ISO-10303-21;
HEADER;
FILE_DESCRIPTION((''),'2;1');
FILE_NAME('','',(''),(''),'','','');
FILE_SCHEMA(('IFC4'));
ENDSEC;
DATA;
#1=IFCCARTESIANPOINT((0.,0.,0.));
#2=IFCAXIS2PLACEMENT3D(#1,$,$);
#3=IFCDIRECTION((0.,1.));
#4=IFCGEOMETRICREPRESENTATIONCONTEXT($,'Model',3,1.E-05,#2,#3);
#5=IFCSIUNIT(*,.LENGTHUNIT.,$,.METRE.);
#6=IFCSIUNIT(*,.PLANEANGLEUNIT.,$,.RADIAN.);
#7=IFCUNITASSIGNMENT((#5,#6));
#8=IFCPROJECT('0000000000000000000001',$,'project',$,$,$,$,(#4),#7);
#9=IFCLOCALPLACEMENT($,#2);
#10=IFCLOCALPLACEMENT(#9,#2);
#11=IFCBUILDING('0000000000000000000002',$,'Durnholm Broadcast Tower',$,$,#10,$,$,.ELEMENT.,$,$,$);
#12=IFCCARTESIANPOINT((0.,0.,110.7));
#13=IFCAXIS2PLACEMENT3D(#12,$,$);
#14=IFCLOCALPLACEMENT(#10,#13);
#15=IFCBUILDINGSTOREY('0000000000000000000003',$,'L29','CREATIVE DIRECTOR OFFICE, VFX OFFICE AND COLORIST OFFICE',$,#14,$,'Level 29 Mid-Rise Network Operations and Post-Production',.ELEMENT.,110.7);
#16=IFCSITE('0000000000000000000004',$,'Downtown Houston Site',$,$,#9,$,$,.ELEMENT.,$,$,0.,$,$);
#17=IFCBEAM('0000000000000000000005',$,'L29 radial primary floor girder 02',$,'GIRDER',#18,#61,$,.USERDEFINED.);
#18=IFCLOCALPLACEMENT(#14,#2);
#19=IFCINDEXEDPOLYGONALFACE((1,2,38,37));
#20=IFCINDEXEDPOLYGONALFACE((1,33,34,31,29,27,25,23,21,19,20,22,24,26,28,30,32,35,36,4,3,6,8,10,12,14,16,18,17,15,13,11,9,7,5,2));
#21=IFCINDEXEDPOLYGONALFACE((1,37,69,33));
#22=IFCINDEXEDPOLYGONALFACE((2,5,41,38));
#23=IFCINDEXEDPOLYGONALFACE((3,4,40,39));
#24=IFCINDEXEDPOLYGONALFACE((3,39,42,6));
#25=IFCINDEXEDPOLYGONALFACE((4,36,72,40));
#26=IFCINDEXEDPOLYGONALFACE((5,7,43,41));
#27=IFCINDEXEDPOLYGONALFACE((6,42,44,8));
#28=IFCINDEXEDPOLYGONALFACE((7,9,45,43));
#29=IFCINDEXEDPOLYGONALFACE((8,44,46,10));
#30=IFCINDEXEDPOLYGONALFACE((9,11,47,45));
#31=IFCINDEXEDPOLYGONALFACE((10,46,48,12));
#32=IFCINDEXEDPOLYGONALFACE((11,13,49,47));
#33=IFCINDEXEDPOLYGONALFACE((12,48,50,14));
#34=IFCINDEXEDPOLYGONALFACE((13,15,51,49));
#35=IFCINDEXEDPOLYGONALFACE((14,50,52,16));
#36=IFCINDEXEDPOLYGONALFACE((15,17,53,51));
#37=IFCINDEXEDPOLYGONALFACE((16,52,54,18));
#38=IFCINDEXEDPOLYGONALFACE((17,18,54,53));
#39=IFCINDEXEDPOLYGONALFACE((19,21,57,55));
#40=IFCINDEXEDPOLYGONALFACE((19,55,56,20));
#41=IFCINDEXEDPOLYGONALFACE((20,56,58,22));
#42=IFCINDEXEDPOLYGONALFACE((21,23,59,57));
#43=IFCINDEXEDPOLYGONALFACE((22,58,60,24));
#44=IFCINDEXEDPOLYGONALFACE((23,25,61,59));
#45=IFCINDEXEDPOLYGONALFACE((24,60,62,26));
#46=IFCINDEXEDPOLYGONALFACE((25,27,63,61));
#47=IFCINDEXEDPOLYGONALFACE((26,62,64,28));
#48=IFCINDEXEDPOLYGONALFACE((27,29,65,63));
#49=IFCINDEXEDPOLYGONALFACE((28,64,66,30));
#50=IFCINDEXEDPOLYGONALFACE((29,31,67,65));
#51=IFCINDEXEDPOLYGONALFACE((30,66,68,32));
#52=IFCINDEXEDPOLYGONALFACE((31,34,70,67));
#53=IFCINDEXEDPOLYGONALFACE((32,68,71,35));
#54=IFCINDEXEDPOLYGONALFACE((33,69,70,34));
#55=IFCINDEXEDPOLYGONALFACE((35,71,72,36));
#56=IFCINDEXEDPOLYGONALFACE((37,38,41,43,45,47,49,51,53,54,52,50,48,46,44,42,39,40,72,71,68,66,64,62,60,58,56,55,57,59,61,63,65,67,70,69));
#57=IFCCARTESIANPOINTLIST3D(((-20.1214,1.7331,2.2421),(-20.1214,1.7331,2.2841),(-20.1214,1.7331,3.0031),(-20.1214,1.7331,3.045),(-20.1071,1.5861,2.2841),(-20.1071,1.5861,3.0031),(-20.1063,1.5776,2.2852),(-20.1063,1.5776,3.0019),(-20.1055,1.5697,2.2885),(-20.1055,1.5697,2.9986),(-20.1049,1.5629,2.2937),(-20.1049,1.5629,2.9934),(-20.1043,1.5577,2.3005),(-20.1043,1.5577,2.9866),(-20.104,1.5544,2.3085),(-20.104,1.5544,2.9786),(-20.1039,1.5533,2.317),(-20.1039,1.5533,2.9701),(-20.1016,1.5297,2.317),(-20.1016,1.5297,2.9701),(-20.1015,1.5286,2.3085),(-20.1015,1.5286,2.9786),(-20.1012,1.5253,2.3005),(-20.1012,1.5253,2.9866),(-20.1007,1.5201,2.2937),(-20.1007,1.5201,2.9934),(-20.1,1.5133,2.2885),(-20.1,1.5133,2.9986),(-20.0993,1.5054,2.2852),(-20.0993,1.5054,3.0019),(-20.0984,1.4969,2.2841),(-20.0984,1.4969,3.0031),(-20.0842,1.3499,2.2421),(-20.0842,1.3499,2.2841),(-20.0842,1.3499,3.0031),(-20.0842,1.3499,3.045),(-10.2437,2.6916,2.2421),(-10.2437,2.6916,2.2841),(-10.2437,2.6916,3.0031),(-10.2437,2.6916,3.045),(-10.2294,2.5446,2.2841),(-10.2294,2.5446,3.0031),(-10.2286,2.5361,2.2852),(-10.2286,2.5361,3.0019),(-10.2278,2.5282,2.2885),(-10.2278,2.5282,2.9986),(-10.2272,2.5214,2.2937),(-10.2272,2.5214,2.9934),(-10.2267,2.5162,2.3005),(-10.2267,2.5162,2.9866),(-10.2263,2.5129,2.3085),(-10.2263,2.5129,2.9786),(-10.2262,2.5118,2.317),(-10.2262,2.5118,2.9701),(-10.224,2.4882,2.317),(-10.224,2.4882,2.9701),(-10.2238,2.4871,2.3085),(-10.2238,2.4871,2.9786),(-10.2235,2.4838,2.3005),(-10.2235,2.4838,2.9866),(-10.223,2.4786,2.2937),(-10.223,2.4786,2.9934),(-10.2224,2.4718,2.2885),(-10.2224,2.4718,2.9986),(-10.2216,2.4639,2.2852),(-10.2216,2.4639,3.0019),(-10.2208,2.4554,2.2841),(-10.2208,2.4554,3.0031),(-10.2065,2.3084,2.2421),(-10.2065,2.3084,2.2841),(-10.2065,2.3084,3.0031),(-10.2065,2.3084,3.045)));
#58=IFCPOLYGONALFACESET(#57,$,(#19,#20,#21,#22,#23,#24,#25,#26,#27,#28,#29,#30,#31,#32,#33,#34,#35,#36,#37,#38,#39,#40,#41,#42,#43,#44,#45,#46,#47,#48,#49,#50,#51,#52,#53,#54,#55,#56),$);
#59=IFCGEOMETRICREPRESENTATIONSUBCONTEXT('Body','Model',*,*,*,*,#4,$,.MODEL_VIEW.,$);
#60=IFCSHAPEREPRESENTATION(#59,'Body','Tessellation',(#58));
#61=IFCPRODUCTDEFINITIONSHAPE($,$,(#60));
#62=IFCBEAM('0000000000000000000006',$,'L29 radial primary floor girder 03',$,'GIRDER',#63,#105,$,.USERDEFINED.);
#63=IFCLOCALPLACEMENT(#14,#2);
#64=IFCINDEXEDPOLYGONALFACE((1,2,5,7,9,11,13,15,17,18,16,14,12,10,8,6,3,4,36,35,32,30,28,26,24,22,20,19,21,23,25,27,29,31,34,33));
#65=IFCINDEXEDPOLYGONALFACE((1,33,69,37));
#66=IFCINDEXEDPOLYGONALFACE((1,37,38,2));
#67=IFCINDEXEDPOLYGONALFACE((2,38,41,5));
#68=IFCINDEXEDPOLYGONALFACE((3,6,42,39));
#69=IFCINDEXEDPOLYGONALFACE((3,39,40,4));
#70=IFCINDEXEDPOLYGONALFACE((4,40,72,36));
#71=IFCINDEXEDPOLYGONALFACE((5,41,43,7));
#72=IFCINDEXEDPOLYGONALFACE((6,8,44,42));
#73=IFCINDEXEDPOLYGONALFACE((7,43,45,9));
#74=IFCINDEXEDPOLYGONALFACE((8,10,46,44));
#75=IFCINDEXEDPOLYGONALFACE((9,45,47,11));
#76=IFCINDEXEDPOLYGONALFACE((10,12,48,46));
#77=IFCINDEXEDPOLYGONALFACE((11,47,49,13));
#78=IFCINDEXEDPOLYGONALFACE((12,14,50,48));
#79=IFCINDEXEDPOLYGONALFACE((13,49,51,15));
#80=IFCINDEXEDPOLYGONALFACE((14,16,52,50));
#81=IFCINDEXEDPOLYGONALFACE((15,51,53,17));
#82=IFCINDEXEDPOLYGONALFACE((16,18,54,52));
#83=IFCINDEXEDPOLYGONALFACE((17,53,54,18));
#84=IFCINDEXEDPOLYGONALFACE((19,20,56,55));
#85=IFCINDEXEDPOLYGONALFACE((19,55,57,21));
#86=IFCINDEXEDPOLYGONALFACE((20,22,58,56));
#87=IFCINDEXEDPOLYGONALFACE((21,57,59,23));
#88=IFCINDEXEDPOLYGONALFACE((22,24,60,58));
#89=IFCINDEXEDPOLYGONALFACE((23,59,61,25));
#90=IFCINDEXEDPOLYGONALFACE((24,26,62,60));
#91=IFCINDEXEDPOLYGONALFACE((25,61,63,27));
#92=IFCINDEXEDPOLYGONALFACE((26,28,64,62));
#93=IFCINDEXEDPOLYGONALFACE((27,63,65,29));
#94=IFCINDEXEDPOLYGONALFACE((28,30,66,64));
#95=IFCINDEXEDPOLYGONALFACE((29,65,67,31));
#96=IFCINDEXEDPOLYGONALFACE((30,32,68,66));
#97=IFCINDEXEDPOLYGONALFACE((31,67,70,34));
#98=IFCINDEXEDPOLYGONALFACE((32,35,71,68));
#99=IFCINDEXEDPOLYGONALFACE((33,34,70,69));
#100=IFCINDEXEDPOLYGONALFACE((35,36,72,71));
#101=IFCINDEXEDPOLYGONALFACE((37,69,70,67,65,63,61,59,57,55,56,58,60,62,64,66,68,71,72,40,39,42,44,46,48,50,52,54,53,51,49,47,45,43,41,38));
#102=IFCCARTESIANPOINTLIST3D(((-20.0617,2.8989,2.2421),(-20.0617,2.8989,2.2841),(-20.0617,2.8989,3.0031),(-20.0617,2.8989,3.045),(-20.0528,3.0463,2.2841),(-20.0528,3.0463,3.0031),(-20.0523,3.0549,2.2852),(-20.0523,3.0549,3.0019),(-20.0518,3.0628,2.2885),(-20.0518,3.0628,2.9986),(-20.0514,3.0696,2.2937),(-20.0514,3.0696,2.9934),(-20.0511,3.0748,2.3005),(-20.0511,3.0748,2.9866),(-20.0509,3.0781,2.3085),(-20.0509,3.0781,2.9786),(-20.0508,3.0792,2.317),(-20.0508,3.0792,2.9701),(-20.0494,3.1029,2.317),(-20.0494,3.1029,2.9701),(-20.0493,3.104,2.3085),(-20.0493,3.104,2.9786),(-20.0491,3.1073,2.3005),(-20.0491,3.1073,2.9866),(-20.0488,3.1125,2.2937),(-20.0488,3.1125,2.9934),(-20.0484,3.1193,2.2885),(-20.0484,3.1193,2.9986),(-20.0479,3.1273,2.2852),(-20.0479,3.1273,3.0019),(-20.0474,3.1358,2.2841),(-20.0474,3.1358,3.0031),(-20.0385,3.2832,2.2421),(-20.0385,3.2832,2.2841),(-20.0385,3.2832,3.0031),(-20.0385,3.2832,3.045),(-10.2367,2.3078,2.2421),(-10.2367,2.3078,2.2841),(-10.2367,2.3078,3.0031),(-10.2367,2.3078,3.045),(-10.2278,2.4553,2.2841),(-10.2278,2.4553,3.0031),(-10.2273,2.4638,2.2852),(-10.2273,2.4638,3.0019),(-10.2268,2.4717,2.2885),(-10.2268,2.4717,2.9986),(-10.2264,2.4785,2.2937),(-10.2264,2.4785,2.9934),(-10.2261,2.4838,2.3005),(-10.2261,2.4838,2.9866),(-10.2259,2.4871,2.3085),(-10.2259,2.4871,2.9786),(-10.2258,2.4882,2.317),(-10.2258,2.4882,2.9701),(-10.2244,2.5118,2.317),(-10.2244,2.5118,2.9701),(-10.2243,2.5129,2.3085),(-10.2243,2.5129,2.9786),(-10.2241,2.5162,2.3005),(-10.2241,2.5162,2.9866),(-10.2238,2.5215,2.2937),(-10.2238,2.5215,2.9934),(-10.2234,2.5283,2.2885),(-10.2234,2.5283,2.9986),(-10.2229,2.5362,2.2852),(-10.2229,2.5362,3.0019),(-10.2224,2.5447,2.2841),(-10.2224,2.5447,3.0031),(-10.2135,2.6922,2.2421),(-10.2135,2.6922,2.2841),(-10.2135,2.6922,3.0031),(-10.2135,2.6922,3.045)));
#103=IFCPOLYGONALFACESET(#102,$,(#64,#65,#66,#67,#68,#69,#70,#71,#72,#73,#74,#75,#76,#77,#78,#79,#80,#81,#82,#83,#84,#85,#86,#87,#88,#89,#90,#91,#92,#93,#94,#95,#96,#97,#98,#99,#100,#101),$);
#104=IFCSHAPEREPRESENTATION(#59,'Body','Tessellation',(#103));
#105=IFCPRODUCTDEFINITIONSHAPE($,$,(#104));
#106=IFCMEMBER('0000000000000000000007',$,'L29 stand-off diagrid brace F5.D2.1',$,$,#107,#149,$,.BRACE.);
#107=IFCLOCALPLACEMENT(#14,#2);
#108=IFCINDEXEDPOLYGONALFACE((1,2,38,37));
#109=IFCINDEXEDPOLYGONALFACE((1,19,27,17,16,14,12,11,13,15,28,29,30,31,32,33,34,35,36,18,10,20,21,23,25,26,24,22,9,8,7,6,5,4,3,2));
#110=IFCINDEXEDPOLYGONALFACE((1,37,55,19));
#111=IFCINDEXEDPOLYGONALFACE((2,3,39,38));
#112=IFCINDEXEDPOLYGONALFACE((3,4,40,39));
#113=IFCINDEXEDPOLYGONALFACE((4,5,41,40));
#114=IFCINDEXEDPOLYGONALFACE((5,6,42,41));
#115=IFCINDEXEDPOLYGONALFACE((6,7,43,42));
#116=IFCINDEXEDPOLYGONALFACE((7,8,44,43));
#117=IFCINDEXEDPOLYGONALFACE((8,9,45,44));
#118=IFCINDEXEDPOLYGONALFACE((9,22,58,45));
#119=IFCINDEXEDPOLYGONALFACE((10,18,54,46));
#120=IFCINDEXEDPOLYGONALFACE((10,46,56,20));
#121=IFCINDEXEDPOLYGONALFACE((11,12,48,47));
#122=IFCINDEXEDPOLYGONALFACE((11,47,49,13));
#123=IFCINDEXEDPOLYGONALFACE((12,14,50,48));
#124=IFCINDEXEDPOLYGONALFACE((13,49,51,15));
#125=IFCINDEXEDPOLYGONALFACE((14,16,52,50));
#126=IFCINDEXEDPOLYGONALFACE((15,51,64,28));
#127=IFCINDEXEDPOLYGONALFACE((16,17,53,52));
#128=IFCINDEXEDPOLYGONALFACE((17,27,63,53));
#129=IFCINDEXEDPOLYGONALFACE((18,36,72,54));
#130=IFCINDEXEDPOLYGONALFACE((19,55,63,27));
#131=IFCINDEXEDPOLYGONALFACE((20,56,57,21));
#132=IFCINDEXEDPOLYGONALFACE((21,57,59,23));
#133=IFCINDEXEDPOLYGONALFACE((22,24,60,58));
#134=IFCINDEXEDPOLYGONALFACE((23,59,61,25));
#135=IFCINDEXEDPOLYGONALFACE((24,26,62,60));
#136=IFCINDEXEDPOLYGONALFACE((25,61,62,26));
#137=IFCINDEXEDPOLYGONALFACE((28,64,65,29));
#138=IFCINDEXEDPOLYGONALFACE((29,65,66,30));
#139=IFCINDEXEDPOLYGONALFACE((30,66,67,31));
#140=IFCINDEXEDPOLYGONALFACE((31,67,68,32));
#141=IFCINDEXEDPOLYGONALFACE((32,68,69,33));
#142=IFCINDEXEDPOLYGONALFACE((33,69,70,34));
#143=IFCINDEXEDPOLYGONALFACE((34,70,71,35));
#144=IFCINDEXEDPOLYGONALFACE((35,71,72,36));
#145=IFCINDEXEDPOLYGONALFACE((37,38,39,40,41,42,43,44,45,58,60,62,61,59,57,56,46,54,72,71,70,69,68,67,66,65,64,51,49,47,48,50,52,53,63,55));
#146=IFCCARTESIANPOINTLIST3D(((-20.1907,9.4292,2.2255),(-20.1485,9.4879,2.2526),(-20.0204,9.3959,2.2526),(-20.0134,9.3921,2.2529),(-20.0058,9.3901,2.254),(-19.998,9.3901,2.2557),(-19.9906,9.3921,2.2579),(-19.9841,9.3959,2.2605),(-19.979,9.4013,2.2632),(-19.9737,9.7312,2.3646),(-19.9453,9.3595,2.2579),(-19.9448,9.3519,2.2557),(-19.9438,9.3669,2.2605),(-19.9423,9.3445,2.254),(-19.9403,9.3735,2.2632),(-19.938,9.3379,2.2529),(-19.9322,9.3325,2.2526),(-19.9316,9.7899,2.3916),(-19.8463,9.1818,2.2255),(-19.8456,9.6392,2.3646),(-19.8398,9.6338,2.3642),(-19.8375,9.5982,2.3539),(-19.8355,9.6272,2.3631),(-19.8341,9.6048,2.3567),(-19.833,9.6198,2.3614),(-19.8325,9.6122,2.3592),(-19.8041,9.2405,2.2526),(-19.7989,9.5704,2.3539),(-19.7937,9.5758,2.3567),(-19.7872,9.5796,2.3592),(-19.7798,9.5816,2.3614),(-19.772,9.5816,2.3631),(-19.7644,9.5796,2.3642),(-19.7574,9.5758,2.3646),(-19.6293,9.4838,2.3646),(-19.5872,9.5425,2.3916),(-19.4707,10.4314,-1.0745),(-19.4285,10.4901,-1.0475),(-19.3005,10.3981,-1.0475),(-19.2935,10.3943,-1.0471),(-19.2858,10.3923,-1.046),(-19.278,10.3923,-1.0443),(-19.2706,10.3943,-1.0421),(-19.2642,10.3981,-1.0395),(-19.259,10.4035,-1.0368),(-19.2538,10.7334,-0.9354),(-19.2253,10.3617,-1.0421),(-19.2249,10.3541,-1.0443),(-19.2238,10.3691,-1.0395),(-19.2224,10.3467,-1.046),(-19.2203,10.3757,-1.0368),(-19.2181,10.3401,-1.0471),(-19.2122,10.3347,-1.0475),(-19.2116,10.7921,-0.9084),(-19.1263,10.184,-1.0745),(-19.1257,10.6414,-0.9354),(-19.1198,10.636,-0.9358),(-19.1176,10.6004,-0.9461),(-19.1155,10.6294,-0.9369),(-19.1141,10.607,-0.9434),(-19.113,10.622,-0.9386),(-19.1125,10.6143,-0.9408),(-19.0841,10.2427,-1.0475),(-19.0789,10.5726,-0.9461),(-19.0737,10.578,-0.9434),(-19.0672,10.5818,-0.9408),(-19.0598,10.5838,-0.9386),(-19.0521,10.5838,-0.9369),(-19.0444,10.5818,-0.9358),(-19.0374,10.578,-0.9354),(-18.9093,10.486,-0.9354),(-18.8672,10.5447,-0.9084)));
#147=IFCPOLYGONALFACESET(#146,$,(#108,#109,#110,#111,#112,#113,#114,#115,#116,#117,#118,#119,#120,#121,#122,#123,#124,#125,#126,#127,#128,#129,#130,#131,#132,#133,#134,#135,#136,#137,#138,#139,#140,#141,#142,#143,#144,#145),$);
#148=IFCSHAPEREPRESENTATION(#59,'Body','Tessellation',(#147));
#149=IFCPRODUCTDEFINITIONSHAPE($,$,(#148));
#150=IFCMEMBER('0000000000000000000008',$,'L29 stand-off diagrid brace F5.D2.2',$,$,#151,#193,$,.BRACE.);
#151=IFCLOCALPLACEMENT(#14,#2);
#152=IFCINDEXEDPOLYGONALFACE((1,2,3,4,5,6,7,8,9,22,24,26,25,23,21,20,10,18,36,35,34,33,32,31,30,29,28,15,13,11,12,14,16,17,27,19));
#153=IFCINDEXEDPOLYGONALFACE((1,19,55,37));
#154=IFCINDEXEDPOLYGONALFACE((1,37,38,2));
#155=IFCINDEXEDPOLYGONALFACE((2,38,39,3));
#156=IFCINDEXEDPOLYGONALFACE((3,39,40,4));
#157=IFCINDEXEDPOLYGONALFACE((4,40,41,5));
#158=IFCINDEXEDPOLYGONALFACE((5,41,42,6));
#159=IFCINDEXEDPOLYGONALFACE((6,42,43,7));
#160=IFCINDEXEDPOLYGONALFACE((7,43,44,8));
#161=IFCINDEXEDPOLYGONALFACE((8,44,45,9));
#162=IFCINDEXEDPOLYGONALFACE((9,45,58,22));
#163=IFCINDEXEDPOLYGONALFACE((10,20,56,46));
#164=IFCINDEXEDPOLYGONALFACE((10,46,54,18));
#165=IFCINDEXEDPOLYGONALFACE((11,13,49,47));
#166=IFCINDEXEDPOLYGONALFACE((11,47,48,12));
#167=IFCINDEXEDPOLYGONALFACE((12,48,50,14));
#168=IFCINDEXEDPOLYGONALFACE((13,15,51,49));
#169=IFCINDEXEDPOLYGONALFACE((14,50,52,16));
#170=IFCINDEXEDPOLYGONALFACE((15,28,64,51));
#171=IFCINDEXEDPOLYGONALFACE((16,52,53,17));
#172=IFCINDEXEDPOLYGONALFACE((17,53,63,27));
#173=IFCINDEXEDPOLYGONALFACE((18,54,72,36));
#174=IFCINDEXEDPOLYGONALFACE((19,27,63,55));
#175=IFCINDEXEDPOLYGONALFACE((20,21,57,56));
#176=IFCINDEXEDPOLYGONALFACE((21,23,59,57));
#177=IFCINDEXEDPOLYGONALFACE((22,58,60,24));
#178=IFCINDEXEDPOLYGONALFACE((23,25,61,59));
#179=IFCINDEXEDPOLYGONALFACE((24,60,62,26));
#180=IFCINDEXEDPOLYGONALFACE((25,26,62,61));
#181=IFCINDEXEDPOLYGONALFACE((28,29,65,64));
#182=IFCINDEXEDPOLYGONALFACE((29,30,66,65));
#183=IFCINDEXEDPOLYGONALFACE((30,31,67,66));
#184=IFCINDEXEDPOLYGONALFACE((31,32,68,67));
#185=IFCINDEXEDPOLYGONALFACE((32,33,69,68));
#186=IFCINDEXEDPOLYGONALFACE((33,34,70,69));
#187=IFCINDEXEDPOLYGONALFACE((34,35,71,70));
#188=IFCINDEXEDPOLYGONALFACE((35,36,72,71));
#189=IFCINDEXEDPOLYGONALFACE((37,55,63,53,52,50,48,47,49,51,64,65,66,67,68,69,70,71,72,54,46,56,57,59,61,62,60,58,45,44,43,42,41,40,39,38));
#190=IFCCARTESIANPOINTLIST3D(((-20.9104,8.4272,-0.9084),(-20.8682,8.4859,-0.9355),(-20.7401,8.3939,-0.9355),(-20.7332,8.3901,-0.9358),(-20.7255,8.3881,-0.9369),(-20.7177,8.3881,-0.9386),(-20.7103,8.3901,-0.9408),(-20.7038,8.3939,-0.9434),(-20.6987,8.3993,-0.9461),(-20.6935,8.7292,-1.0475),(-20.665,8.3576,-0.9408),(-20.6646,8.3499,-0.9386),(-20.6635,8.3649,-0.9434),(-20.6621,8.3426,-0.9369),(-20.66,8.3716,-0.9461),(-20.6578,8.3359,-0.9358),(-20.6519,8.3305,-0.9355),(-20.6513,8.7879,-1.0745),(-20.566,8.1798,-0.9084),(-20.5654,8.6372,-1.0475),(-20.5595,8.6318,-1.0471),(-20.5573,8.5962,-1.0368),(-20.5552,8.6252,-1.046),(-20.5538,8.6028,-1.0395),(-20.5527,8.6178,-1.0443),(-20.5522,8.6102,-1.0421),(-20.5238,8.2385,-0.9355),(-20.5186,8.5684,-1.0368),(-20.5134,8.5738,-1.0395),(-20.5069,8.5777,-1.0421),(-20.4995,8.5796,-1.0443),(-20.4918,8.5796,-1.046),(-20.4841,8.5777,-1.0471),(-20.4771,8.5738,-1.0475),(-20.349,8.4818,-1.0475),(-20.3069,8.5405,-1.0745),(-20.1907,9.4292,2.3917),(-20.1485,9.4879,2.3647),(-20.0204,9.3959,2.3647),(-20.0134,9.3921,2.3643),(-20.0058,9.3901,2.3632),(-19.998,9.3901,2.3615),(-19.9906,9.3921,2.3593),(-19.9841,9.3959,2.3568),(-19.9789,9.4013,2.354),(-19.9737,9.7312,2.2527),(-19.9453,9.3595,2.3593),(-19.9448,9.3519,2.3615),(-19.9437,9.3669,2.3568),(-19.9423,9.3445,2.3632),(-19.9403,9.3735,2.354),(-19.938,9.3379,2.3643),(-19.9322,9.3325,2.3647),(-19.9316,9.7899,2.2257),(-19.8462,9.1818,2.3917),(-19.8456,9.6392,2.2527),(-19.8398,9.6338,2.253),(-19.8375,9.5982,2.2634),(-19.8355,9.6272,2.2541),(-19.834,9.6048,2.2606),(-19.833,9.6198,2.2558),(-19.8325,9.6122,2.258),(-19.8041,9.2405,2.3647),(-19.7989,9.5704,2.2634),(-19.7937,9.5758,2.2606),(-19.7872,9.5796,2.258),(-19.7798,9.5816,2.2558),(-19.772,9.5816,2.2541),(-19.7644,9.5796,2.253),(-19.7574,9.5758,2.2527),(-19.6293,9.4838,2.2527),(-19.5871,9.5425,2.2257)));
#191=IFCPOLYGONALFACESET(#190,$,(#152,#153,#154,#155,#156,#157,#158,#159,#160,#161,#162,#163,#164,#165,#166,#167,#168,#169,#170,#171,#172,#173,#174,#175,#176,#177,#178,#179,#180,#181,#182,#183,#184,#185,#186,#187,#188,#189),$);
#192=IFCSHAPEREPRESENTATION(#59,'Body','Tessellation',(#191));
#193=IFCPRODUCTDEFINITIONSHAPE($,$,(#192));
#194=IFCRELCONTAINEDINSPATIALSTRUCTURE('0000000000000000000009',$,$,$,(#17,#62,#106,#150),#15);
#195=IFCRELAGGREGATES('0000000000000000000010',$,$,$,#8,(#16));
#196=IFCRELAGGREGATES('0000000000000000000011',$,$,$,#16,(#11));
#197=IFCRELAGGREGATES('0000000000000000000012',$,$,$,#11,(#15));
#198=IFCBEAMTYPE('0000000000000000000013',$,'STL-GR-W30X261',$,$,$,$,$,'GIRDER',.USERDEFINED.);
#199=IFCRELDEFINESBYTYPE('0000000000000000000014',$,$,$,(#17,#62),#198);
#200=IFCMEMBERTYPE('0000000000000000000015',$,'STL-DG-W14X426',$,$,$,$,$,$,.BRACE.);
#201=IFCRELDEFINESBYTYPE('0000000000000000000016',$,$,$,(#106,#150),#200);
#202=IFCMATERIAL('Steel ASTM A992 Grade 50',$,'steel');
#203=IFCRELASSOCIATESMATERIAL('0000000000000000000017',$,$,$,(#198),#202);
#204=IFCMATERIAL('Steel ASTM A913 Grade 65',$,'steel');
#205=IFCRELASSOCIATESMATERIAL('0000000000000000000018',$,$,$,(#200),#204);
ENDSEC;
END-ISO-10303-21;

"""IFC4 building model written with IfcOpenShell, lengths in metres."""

from ifc_helpers import new_model, si_unit, direction, frame, origin, origin_2d, place, context, subcontext, project, spatial, i_section, extrude, source, transform, mapped, material, material_profile, profile_set, type_object, type_shapes, element, save


model = new_model("IFC4")

# Units and contexts
model_context = context("Model", 3, precision=1e-05, world=origin(), true_north=direction((0.0, 1.0)))
body_context = subcontext(model_context, "Body", "Model", "MODEL_VIEW")
ifc_project = project(units=[si_unit("LENGTHUNIT", "METRE"), si_unit("PLANEANGLEUNIT", "RADIAN")], contexts=[model_context])

# Site, building, storey
site_placement = place(None, origin())
site = spatial("IfcSite", under=ifc_project, at=site_placement, Name="Downtown Houston Site", CompositionType="ELEMENT", RefElevation=0.0)
building_placement = place(site_placement, origin())
building = spatial("IfcBuilding", under=site, at=building_placement, Name="Durnholm Broadcast Tower", CompositionType="ELEMENT")
storey_placement = place(building_placement, frame((0.0, 0.0, 110.7)))
storey = spatial("IfcBuildingStorey", under=building, at=storey_placement, Name="L29", Description="CREATIVE DIRECTOR OFFICE, VFX OFFICE AND COLORIST OFFICE", LongName="Level 29 Mid-Rise Network Operations and Post-Production", CompositionType="ELEMENT", Elevation=110.7)

# Beams
ifc_material_1 = material(Name="Steel ASTM A992 Grade 50", Category="steel")
ifc_material_profile_1 = material_profile(ifc_material_1, i_section(OverallWidth=0.385, OverallDepth=0.803, WebThickness=0.0237, FlangeThickness=0.042, FilletRadius=0.033, at=origin_2d()), Name="W30X261")
ifc_profile_set_1 = profile_set([ifc_material_profile_1], Name="Steel ASTM A992 Grade 50")
beam_type_1 = type_object("IfcBeamType", Name="STL-GR-W30X261", ElementType="GIRDER", PredefinedType="USERDEFINED", material=ifc_profile_set_1)
shared_shape_1 = source(origin(), body_context, "Body", "SweptSolid", [
    extrude(i_section(OverallWidth=0.385, OverallDepth=0.803, WebThickness=0.0237, FlangeThickness=0.042, FilletRadius=0.033, at=origin_2d()), origin(), (0.0, 0.0, 1.0), 9.9241),
])
beam_1_placement = place(storey_placement, frame((-10.2251, 2.5, 2.6436), z_axis=(-0.995325, -0.096583, 0.0), x_axis=(0.096583, -0.995325, 0.0)))
element("IfcBeam", 1, at=beam_1_placement, inside=storey, type_object=beam_type_1, Name="L29 radial primary floor girder 02", ObjectType="GIRDER", PredefinedType="USERDEFINED", context=body_context, shape_type="MappedRepresentation", body=[
    mapped(shared_shape_1, transform((0.0, 0.0, 0.0), x_axis=(1.0, 0.0, 0.0), y_axis=(0.0, 1.0, 0.0), z_axis=(0.0, 0.0, 1.0), scale=1.0)),
])
shared_shape_2 = source(origin(), body_context, "Body", "SweptSolid", [
    extrude(i_section(OverallWidth=0.385, OverallDepth=0.803, WebThickness=0.0237, FlangeThickness=0.042, FilletRadius=0.033, at=origin_2d()), origin(), (0.0, 0.0, 1.0), 9.8428),
])
type_shapes(beam_type_1, [shared_shape_1, shared_shape_2])
beam_2_placement = place(storey_placement, frame((-10.2251, 2.5, 2.6436), z_axis=(-0.998195, 0.060051, 0.0), x_axis=(-0.060051, -0.998195, 0.0)))
element("IfcBeam", 2, at=beam_2_placement, inside=storey, type_object=beam_type_1, Name="L29 radial primary floor girder 03", ObjectType="GIRDER", PredefinedType="USERDEFINED", context=body_context, shape_type="MappedRepresentation", body=[
    mapped(shared_shape_2, transform((0.0, 0.0, 0.0), x_axis=(1.0, 0.0, 0.0), y_axis=(0.0, 1.0, 0.0), z_axis=(0.0, 0.0, 1.0), scale=1.0)),
])

# Members
ifc_material_2 = material(Name="Steel ASTM A913 Grade 65", Category="steel")
ifc_material_profile_2 = material_profile(ifc_material_2, i_section(OverallWidth=0.4241, OverallDepth=0.4741, WebThickness=0.0476, FlangeThickness=0.0771, FilletRadius=0.0305, at=origin_2d()), Name="W14X426")
ifc_profile_set_2 = profile_set([ifc_material_profile_2], Name="Steel ASTM A913 Grade 65")
member_type_1 = type_object("IfcMemberType", Name="STL-DG-W14X426", PredefinedType="BRACE", material=ifc_profile_set_2)
shared_shape_3 = source(origin(), body_context, "Body", "SweptSolid", [
    extrude(i_section(OverallWidth=0.4241, OverallDepth=0.4741, WebThickness=0.0476, FlangeThickness=0.0771, FilletRadius=0.0305, at=origin_2d()), origin(), (0.0, 0.0, 1.0), 3.5232),
])
type_shapes(member_type_1, [shared_shape_3])
for number, where, z_axis, x_axis, name in (
    (3, (-19.1689, 10.488, -0.9915), (-0.20435, -0.284455, 0.936657), (0.812153, -0.583444, 0.0), "L29 stand-off diagrid brace F5.D2.1"),
    (4, (-20.6086, 8.4839, -0.9915), (0.204288, 0.284395, 0.936689), (-0.812179, 0.583408, 0.0), "L29 stand-off diagrid brace F5.D2.2"),
):
    element("IfcMember", number, at=place(storey_placement, frame(where, z_axis=z_axis, x_axis=x_axis)), inside=storey, type_object=member_type_1, Name=name, PredefinedType="BRACE", context=body_context, shape_type="MappedRepresentation", body=[
        mapped(shared_shape_3, transform((0.0, 0.0, 0.0), x_axis=(1.0, 0.0, 0.0), y_axis=(0.0, 1.0, 0.0), z_axis=(0.0, 0.0, 1.0), scale=1.0)),
    ])

save(model, "model.ifc")
